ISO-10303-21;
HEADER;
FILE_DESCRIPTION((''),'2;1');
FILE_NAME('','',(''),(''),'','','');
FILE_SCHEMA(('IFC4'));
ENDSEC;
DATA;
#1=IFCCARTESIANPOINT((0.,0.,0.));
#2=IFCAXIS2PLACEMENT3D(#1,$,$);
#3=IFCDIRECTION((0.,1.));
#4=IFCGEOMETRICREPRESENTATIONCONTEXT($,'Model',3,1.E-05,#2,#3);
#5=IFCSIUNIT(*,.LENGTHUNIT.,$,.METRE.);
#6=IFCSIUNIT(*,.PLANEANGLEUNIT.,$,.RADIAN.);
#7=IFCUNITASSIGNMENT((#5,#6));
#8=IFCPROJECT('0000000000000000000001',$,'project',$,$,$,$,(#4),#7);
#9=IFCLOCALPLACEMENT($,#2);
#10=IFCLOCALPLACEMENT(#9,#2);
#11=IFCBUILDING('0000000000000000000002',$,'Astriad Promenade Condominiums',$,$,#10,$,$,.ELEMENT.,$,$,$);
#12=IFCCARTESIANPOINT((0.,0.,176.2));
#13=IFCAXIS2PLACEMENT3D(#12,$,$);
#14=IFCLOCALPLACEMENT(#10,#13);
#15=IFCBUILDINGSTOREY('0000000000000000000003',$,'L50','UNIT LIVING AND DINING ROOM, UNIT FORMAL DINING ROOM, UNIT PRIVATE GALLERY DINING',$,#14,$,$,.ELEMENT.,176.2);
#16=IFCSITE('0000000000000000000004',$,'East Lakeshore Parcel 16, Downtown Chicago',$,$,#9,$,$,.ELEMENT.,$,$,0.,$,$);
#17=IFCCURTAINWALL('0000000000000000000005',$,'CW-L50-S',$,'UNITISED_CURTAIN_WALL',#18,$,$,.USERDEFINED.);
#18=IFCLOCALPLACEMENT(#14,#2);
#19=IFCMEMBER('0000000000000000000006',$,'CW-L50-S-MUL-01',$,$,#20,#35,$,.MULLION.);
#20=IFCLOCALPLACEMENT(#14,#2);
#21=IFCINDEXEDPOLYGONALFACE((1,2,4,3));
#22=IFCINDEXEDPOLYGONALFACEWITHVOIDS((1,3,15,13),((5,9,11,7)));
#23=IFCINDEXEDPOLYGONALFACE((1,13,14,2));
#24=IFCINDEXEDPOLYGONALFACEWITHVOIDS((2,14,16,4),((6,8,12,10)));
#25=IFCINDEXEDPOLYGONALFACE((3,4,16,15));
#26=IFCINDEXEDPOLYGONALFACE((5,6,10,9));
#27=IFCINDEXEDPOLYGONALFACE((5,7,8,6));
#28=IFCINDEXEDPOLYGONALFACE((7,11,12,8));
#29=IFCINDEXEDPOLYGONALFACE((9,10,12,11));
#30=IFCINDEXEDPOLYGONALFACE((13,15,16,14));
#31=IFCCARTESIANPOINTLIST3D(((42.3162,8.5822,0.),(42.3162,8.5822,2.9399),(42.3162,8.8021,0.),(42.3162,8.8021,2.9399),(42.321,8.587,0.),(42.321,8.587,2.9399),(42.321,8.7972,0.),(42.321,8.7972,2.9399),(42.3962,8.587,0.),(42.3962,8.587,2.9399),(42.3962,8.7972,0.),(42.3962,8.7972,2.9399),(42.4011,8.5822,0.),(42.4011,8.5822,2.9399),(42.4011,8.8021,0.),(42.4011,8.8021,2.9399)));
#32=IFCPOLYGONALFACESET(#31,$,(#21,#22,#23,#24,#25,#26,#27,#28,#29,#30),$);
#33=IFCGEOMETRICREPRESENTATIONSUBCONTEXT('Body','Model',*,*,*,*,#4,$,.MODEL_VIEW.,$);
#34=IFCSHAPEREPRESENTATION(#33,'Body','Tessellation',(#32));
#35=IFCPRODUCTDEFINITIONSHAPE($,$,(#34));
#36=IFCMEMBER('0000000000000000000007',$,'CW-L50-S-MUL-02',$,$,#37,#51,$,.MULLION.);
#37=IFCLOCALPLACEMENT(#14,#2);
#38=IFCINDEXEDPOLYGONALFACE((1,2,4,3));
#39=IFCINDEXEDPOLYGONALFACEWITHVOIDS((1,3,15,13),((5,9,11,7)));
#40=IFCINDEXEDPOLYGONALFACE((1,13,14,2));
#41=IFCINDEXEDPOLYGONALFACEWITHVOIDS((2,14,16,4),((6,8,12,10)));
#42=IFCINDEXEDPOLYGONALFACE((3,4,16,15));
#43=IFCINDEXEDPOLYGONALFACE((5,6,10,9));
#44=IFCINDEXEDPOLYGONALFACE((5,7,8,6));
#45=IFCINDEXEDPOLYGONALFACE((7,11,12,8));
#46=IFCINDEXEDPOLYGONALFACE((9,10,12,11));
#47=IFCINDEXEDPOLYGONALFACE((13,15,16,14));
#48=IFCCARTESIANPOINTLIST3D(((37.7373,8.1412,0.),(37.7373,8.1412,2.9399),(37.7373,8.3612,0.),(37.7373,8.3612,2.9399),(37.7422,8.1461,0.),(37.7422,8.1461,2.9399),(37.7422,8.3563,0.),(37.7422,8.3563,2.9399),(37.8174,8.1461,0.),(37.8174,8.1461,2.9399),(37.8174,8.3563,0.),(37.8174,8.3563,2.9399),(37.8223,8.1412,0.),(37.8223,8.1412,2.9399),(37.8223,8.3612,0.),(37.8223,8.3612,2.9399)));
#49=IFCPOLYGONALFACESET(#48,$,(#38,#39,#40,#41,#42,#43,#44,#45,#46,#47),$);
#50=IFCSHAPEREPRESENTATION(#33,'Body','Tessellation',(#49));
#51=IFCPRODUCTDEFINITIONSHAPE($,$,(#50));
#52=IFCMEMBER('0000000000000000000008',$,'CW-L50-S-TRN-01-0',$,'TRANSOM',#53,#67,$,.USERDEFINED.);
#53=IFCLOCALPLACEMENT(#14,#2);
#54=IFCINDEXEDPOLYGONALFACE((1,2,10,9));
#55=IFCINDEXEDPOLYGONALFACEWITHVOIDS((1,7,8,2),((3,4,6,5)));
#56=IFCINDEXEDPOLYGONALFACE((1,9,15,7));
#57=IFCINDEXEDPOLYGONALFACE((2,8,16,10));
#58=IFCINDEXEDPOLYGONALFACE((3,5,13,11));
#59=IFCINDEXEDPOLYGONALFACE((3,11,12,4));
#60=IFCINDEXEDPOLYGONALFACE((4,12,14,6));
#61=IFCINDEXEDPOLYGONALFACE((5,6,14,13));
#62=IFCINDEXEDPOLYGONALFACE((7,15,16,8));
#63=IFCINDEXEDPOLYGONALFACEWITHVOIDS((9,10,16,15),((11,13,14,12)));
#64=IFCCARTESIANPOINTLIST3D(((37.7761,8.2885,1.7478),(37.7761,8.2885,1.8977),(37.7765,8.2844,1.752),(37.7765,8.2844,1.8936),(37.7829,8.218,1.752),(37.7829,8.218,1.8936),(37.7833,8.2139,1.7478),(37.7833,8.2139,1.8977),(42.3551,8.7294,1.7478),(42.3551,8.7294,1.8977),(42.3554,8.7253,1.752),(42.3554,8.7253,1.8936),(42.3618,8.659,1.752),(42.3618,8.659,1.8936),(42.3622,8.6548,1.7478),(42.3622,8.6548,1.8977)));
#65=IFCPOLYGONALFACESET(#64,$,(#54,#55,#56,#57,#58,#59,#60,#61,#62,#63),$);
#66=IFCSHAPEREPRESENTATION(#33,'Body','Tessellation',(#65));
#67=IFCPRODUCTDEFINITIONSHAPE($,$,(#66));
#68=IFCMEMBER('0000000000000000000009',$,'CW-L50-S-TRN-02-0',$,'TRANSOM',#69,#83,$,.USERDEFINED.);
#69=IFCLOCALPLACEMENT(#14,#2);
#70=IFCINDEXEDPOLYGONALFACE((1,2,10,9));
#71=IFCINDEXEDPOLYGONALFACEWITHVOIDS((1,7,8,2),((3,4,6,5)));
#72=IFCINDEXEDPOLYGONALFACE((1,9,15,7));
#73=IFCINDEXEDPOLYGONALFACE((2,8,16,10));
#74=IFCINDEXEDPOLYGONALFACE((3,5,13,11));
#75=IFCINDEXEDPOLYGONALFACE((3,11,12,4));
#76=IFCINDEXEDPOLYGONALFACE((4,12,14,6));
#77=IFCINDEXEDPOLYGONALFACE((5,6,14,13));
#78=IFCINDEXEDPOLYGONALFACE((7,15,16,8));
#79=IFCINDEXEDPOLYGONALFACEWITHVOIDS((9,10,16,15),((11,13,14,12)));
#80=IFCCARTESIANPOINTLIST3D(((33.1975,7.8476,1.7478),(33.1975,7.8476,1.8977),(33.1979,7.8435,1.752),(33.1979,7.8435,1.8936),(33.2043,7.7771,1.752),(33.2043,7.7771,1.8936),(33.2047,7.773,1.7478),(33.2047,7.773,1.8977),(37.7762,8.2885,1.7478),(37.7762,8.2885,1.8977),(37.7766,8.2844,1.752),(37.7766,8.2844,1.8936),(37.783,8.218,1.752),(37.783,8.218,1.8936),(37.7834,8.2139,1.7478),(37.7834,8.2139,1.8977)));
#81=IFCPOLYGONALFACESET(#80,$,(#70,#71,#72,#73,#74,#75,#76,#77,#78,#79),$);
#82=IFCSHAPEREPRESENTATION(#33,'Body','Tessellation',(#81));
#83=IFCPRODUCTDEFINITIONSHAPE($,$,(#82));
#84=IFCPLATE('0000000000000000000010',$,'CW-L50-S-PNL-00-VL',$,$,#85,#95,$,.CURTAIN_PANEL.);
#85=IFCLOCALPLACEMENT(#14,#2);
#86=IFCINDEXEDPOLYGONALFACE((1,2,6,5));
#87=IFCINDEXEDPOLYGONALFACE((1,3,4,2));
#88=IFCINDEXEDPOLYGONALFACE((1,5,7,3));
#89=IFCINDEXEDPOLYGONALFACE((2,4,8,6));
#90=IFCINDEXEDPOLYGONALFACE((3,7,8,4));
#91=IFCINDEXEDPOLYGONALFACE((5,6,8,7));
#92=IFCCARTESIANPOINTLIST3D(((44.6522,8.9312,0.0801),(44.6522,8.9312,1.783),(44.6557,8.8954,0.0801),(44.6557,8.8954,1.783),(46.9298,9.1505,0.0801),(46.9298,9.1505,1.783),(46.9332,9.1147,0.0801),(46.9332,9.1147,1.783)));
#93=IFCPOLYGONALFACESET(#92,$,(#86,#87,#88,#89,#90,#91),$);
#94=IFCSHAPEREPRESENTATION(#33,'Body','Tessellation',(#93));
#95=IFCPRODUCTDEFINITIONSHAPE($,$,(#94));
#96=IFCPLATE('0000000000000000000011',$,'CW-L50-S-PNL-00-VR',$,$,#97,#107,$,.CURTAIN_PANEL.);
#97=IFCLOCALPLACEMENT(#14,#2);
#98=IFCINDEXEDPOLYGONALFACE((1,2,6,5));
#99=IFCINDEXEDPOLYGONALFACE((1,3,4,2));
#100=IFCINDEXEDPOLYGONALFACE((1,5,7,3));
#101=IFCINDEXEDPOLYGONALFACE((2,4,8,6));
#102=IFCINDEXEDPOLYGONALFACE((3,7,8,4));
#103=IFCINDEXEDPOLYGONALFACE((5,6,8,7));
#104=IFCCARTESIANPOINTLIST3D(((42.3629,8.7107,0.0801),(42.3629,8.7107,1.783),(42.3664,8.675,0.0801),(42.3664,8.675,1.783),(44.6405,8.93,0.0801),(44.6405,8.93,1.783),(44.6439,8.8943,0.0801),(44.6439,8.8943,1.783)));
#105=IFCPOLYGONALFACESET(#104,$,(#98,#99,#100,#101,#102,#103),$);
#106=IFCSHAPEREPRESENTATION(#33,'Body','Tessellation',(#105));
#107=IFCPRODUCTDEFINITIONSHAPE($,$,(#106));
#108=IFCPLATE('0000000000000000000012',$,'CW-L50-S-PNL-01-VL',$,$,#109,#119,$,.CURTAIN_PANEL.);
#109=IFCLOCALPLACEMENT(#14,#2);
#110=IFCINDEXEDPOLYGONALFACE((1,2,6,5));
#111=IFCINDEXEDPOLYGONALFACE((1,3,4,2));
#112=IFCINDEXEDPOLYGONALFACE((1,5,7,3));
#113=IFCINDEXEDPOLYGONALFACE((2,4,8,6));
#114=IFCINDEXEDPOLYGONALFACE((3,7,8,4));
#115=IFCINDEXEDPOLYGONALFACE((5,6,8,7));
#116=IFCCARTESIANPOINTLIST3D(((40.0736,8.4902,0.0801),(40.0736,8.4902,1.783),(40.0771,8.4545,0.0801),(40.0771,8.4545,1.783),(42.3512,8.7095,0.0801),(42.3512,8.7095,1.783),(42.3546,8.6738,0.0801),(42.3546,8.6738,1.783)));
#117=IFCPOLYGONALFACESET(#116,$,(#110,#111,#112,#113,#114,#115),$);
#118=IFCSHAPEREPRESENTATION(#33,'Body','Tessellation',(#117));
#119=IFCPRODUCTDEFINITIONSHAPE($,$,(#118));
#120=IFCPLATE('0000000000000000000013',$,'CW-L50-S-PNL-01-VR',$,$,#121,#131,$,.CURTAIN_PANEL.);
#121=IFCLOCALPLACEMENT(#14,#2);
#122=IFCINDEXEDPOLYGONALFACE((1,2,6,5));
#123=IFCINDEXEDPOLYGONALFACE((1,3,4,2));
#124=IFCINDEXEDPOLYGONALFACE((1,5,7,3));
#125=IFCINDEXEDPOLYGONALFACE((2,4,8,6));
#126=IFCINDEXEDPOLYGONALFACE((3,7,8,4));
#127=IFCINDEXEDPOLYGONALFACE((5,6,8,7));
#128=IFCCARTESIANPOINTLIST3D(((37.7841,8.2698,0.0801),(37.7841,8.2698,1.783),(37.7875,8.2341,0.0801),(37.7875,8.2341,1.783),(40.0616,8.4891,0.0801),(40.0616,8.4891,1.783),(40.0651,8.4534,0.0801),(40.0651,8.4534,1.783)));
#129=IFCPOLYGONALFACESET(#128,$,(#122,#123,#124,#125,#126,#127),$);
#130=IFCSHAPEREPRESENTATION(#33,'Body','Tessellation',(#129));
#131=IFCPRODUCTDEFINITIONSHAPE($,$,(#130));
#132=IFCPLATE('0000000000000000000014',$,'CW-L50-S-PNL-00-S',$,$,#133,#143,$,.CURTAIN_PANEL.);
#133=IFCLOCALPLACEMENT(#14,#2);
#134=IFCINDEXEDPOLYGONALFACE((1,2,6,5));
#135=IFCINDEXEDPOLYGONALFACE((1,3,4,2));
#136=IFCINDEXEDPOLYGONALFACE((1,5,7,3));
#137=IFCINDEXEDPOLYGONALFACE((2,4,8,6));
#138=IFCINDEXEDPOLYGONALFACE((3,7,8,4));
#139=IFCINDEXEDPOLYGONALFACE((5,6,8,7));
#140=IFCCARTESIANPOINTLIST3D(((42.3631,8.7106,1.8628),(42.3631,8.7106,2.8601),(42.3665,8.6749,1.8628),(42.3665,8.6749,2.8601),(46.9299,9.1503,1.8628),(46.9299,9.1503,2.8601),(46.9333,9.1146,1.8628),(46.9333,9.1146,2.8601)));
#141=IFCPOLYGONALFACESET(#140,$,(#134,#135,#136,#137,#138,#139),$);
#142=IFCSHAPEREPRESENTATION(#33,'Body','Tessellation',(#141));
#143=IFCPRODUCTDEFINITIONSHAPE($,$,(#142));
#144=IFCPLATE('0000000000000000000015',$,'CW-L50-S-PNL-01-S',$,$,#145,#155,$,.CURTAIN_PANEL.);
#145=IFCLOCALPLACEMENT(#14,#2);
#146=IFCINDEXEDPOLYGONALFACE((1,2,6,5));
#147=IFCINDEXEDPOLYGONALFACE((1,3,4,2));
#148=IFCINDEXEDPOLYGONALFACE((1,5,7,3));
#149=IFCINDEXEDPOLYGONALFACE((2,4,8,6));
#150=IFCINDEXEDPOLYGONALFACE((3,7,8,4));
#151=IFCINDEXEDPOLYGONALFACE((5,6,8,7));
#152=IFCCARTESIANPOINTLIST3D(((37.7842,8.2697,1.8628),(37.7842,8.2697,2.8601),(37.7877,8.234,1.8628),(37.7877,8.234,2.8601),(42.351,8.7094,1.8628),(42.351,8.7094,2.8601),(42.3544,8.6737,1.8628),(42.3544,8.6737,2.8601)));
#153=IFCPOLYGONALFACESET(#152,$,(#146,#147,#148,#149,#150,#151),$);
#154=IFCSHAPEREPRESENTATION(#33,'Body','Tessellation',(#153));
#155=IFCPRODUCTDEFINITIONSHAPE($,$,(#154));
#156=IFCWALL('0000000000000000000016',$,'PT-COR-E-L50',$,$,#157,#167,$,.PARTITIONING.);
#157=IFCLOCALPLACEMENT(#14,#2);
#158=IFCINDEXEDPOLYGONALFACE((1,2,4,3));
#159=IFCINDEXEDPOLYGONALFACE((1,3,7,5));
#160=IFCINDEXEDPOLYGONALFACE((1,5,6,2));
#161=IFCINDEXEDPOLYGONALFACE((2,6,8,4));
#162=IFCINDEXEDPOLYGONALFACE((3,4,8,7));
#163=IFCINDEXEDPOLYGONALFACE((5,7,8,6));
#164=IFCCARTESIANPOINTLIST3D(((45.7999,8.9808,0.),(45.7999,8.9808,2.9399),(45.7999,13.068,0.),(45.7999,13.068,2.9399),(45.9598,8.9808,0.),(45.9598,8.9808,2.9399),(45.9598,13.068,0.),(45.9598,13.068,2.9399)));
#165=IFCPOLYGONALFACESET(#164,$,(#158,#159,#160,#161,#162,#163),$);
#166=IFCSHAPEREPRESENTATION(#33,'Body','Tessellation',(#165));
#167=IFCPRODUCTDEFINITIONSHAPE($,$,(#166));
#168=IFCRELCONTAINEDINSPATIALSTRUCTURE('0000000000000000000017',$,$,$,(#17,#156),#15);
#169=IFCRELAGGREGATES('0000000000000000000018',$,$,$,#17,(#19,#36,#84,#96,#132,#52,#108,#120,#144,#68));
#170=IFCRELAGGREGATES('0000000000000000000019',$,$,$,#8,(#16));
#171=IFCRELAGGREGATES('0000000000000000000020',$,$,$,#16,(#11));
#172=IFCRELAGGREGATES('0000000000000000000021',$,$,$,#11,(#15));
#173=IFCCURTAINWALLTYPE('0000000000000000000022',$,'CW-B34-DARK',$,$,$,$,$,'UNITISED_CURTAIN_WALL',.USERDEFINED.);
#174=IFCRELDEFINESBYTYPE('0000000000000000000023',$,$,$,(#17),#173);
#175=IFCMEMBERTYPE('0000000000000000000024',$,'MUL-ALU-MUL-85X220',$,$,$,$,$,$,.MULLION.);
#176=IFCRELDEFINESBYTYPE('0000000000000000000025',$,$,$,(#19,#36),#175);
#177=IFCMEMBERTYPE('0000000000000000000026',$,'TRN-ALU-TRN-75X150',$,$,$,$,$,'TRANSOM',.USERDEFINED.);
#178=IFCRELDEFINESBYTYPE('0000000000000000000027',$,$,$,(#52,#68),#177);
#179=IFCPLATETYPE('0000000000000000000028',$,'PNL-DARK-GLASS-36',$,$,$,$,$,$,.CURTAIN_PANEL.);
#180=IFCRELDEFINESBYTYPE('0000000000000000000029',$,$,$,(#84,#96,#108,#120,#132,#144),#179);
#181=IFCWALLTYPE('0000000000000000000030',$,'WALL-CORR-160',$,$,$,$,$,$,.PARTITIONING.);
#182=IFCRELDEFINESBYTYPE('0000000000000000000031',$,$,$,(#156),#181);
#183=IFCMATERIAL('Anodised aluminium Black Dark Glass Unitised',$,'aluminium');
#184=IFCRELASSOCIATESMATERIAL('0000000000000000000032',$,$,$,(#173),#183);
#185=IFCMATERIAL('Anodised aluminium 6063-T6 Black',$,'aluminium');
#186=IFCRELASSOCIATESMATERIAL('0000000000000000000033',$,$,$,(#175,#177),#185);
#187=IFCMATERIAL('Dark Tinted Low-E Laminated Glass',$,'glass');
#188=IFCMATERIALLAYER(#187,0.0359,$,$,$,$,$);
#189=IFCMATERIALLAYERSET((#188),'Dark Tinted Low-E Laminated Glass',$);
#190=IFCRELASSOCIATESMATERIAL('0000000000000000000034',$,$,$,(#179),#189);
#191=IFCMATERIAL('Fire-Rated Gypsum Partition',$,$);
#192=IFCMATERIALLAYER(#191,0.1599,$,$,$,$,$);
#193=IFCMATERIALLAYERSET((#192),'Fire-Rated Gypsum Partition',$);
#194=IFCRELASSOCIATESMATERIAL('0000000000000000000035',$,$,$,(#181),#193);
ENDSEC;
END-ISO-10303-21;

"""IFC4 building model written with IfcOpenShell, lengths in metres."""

from ifc_helpers import new_model, si_unit, direction, frame, frame_2d, origin, origin_2d, place, context, subcontext, project, spatial, rectangle, hollow_rectangle, extrude, source, transform, mapped, material, layer, layer_set, material_profile, profile_set, type_object, type_shapes, element, aggregate, save


model = new_model("IFC4")

# Units and contexts
model_context = context("Model", 3, precision=1e-05, world=origin(), true_north=direction((0.0, 1.0)))
body_context = subcontext(model_context, "Body", "Model", "MODEL_VIEW")
ifc_project = project(units=[si_unit("LENGTHUNIT", "METRE"), si_unit("PLANEANGLEUNIT", "RADIAN")], contexts=[model_context])

# Site, building, storey
site_placement = place(None, origin())
site = spatial("IfcSite", under=ifc_project, at=site_placement, Name="East Lakeshore Parcel 16, Downtown Chicago", CompositionType="ELEMENT", RefElevation=0.0)
building_placement = place(site_placement, origin())
building = spatial("IfcBuilding", under=site, at=building_placement, Name="Astriad Promenade Condominiums", CompositionType="ELEMENT")
storey_placement = place(building_placement, frame((0.0, 0.0, 176.2)))
storey = spatial("IfcBuildingStorey", under=building, at=storey_placement, Name="L50", Description="UNIT LIVING AND DINING ROOM, UNIT FORMAL DINING ROOM, UNIT PRIVATE GALLERY DINING", CompositionType="ELEMENT", Elevation=176.2)

# Curtain wall, members, plates
ifc_material_1 = material(Name="Anodised aluminium Black Dark Glass Unitised", Category="aluminium")
curtain_wall_type = type_object("IfcCurtainWallType", Name="CW-B34-DARK", ElementType="UNITISED_CURTAIN_WALL", PredefinedType="USERDEFINED", material=ifc_material_1)
curtain_wall_placement = place(storey_placement, origin())
curtain_wall = element("IfcCurtainWall", 1, at=curtain_wall_placement, inside=storey, type_object=curtain_wall_type, Name="CW-L50-S", ObjectType="UNITISED_CURTAIN_WALL", PredefinedType="USERDEFINED")
ifc_material_2 = material(Name="Anodised aluminium 6063-T6 Black", Category="aluminium")
ifc_material_profile_1 = material_profile(ifc_material_2, hollow_rectangle(XDim=0.085, YDim=0.22, WallThickness=0.0049, at=origin_2d()), Name="ALU-MUL-85X220")
ifc_profile_set_1 = profile_set([ifc_material_profile_1], Name="Anodised aluminium 6063-T6 Black")
member_type_1 = type_object("IfcMemberType", Name="MUL-ALU-MUL-85X220", PredefinedType="MULLION", material=ifc_profile_set_1)
shared_shape_1 = source(origin(), body_context, "Body", "SweptSolid", [
    extrude(hollow_rectangle(XDim=0.085, YDim=0.22, WallThickness=0.0049, at=origin_2d()), origin(), (0.0, 0.0, 1.0), 2.9399),
])
type_shapes(member_type_1, [shared_shape_1])
member_1_placement = place(storey_placement, frame((42.3586, 8.6921, 0.0), z_axis=(0.0, 0.0, 1.0), x_axis=(1.0, 0.0, 0.0)))
member_1 = element("IfcMember", 2, at=member_1_placement, type_object=member_type_1, Name="CW-L50-S-MUL-01", PredefinedType="MULLION", context=body_context, shape_type="MappedRepresentation", body=[
    mapped(shared_shape_1, transform((0.0, 0.0, 0.0), scale=1.0)),
])
member_2_placement = place(storey_placement, frame((37.7798, 8.2512, 0.0), z_axis=(0.0, 0.0, 1.0), x_axis=(1.0, 0.0, 0.0)))
member_2 = element("IfcMember", 3, at=member_2_placement, type_object=member_type_1, Name="CW-L50-S-MUL-02", PredefinedType="MULLION", context=body_context, shape_type="MappedRepresentation", body=[
    mapped(shared_shape_1, transform((0.0, 0.0, 0.0), scale=1.0)),
])
ifc_material_profile_2 = material_profile(ifc_material_2, hollow_rectangle(XDim=0.075, YDim=0.1499, WallThickness=0.0042, at=origin_2d()), Name="ALU-TRN-75X150")
ifc_profile_set_2 = profile_set([ifc_material_profile_2], Name="Anodised aluminium 6063-T6 Black")
member_type_2 = type_object("IfcMemberType", Name="TRN-ALU-TRN-75X150", ElementType="TRANSOM", PredefinedType="USERDEFINED", material=ifc_profile_set_2)
shared_shape_2 = source(origin(), body_context, "Body", "SweptSolid", [
    extrude(hollow_rectangle(XDim=0.075, YDim=0.1499, WallThickness=0.0042, at=origin_2d()), origin(), (0.0, 0.0, 1.0), 4.6001),
])
member_3_placement = place(storey_placement, frame((42.3586, 8.6921, 1.8228), z_axis=(-0.995396, -0.095851, 0.0), x_axis=(0.095851, -0.995396, 0.0)))
member_3 = element("IfcMember", 4, at=member_3_placement, type_object=member_type_2, Name="CW-L50-S-TRN-01-0", ObjectType="TRANSOM", PredefinedType="USERDEFINED", context=body_context, shape_type="MappedRepresentation", body=[
    mapped(shared_shape_2, transform((0.0, 0.0, 0.0), scale=1.0)),
])
shared_shape_3 = source(origin(), body_context, "Body", "SweptSolid", [
    extrude(hollow_rectangle(XDim=0.075, YDim=0.1499, WallThickness=0.0042, at=origin_2d()), origin(), (0.0, 0.0, 1.0), 4.5999),
])
type_shapes(member_type_2, [shared_shape_2, shared_shape_3])
member_4_placement = place(storey_placement, frame((37.7798, 8.2512, 1.8228), z_axis=(-0.995395, -0.095856, 0.0), x_axis=(0.095856, -0.995395, 0.0)))
member_4 = element("IfcMember", 5, at=member_4_placement, type_object=member_type_2, Name="CW-L50-S-TRN-02-0", ObjectType="TRANSOM", PredefinedType="USERDEFINED", context=body_context, shape_type="MappedRepresentation", body=[
    mapped(shared_shape_3, transform((0.0, 0.0, 0.0), scale=1.0)),
])
ifc_material_3 = material(Name="Dark Tinted Low-E Laminated Glass", Category="glass")
ifc_layer_1 = layer(ifc_material_3, 0.0359)
ifc_layer_set_1 = layer_set([ifc_layer_1], Name="Dark Tinted Low-E Laminated Glass")
plate_type = type_object("IfcPlateType", Name="PNL-DARK-GLASS-36", PredefinedType="CURTAIN_PANEL", material=ifc_layer_set_1)
shared_shape_4 = source(origin(), body_context, "Body", "SweptSolid", [
    extrude(rectangle(XDim=2.2881, YDim=0.0359, at=origin_2d()), origin(), (0.0, 0.0, 1.0), 1.7029),
])
plate_1_placement = place(storey_placement, frame((45.7927, 9.0229, 0.0801), z_axis=(0.0, 0.0, 1.0), x_axis=(-0.995396, -0.095846, 0.0)))
plate_1 = element("IfcPlate", 6, at=plate_1_placement, type_object=plate_type, Name="CW-L50-S-PNL-00-VL", PredefinedType="CURTAIN_PANEL", context=body_context, shape_type="MappedRepresentation", body=[
    mapped(shared_shape_4, transform((0.0, 0.0, 0.0), scale=1.0)),
])
plate_2_placement = place(storey_placement, frame((43.5034, 8.8025, 0.0801), z_axis=(0.0, 0.0, 1.0), x_axis=(-0.995396, -0.095846, 0.0)))
plate_2 = element("IfcPlate", 7, at=plate_2_placement, type_object=plate_type, Name="CW-L50-S-PNL-00-VR", PredefinedType="CURTAIN_PANEL", context=body_context, shape_type="MappedRepresentation", body=[
    mapped(shared_shape_4, transform((0.0, 0.0, 0.0), scale=1.0)),
])
plate_3_placement = place(storey_placement, frame((41.2141, 8.582, 0.0801), z_axis=(0.0, 0.0, 1.0), x_axis=(-0.995396, -0.095846, 0.0)))
plate_3 = element("IfcPlate", 8, at=plate_3_placement, type_object=plate_type, Name="CW-L50-S-PNL-01-VL", PredefinedType="CURTAIN_PANEL", context=body_context, shape_type="MappedRepresentation", body=[
    mapped(shared_shape_4, transform((0.0, 0.0, 0.0), scale=1.0)),
])
plate_4_placement = place(storey_placement, frame((38.9246, 8.3616, 0.0801), z_axis=(0.0, 0.0, 1.0), x_axis=(-0.995396, -0.095846, 0.0)))
plate_4 = element("IfcPlate", 9, at=plate_4_placement, type_object=plate_type, Name="CW-L50-S-PNL-01-VR", PredefinedType="CURTAIN_PANEL", context=body_context, shape_type="MappedRepresentation", body=[
    mapped(shared_shape_4, transform((0.0, 0.0, 0.0), scale=1.0)),
])
shared_shape_5 = source(origin(), body_context, "Body", "SweptSolid", [
    extrude(rectangle(XDim=4.5879, YDim=0.0359, at=origin_2d()), origin(), (0.0, 0.0, 1.0), 0.9973),
])
type_shapes(plate_type, [shared_shape_4, shared_shape_5])
plate_5_placement = place(storey_placement, frame((44.6482, 8.9126, 1.8628), z_axis=(0.0, 0.0, 1.0), x_axis=(-0.995396, -0.095846, 0.0)))
plate_5 = element("IfcPlate", 10, at=plate_5_placement, type_object=plate_type, Name="CW-L50-S-PNL-00-S", PredefinedType="CURTAIN_PANEL", context=body_context, shape_type="MappedRepresentation", body=[
    mapped(shared_shape_5, transform((0.0, 0.0, 0.0), scale=1.0)),
])
plate_6_placement = place(storey_placement, frame((40.0693, 8.4717, 1.8628), z_axis=(0.0, 0.0, 1.0), x_axis=(-0.995396, -0.095846, 0.0)))
plate_6 = element("IfcPlate", 11, at=plate_6_placement, type_object=plate_type, Name="CW-L50-S-PNL-01-S", PredefinedType="CURTAIN_PANEL", context=body_context, shape_type="MappedRepresentation", body=[
    mapped(shared_shape_5, transform((0.0, 0.0, 0.0), scale=1.0)),
])
aggregate(curtain_wall, [member_1, member_2, plate_1, plate_2, plate_5, member_3, plate_3, plate_4, plate_6, member_4])

# Wall
ifc_material_4 = material(Name="Fire-Rated Gypsum Partition")
ifc_layer_2 = layer(ifc_material_4, 0.1599)
ifc_layer_set_2 = layer_set([ifc_layer_2], Name="Fire-Rated Gypsum Partition")
wall_type_1 = type_object("IfcWallType", Name="WALL-CORR-160", PredefinedType="PARTITIONING", material=ifc_layer_set_2)
wall_1_placement = place(storey_placement, frame((45.8799, 8.981, 0.0), z_axis=(0.0, 0.0, 1.0), x_axis=(0.0, 1.0, 0.0)))
element("IfcWall", 12, at=wall_1_placement, inside=storey, type_object=wall_type_1, Name="PT-COR-E-L50", PredefinedType="PARTITIONING", context=body_context, shape_type="SweptSolid", body=[
    extrude(rectangle(XDim=4.0872, YDim=0.1599, at=frame_2d((2.0435, 0.0))), origin(), (0.0, 0.0, 1.0), 2.9399),
])

save(model, "model.ifc")
